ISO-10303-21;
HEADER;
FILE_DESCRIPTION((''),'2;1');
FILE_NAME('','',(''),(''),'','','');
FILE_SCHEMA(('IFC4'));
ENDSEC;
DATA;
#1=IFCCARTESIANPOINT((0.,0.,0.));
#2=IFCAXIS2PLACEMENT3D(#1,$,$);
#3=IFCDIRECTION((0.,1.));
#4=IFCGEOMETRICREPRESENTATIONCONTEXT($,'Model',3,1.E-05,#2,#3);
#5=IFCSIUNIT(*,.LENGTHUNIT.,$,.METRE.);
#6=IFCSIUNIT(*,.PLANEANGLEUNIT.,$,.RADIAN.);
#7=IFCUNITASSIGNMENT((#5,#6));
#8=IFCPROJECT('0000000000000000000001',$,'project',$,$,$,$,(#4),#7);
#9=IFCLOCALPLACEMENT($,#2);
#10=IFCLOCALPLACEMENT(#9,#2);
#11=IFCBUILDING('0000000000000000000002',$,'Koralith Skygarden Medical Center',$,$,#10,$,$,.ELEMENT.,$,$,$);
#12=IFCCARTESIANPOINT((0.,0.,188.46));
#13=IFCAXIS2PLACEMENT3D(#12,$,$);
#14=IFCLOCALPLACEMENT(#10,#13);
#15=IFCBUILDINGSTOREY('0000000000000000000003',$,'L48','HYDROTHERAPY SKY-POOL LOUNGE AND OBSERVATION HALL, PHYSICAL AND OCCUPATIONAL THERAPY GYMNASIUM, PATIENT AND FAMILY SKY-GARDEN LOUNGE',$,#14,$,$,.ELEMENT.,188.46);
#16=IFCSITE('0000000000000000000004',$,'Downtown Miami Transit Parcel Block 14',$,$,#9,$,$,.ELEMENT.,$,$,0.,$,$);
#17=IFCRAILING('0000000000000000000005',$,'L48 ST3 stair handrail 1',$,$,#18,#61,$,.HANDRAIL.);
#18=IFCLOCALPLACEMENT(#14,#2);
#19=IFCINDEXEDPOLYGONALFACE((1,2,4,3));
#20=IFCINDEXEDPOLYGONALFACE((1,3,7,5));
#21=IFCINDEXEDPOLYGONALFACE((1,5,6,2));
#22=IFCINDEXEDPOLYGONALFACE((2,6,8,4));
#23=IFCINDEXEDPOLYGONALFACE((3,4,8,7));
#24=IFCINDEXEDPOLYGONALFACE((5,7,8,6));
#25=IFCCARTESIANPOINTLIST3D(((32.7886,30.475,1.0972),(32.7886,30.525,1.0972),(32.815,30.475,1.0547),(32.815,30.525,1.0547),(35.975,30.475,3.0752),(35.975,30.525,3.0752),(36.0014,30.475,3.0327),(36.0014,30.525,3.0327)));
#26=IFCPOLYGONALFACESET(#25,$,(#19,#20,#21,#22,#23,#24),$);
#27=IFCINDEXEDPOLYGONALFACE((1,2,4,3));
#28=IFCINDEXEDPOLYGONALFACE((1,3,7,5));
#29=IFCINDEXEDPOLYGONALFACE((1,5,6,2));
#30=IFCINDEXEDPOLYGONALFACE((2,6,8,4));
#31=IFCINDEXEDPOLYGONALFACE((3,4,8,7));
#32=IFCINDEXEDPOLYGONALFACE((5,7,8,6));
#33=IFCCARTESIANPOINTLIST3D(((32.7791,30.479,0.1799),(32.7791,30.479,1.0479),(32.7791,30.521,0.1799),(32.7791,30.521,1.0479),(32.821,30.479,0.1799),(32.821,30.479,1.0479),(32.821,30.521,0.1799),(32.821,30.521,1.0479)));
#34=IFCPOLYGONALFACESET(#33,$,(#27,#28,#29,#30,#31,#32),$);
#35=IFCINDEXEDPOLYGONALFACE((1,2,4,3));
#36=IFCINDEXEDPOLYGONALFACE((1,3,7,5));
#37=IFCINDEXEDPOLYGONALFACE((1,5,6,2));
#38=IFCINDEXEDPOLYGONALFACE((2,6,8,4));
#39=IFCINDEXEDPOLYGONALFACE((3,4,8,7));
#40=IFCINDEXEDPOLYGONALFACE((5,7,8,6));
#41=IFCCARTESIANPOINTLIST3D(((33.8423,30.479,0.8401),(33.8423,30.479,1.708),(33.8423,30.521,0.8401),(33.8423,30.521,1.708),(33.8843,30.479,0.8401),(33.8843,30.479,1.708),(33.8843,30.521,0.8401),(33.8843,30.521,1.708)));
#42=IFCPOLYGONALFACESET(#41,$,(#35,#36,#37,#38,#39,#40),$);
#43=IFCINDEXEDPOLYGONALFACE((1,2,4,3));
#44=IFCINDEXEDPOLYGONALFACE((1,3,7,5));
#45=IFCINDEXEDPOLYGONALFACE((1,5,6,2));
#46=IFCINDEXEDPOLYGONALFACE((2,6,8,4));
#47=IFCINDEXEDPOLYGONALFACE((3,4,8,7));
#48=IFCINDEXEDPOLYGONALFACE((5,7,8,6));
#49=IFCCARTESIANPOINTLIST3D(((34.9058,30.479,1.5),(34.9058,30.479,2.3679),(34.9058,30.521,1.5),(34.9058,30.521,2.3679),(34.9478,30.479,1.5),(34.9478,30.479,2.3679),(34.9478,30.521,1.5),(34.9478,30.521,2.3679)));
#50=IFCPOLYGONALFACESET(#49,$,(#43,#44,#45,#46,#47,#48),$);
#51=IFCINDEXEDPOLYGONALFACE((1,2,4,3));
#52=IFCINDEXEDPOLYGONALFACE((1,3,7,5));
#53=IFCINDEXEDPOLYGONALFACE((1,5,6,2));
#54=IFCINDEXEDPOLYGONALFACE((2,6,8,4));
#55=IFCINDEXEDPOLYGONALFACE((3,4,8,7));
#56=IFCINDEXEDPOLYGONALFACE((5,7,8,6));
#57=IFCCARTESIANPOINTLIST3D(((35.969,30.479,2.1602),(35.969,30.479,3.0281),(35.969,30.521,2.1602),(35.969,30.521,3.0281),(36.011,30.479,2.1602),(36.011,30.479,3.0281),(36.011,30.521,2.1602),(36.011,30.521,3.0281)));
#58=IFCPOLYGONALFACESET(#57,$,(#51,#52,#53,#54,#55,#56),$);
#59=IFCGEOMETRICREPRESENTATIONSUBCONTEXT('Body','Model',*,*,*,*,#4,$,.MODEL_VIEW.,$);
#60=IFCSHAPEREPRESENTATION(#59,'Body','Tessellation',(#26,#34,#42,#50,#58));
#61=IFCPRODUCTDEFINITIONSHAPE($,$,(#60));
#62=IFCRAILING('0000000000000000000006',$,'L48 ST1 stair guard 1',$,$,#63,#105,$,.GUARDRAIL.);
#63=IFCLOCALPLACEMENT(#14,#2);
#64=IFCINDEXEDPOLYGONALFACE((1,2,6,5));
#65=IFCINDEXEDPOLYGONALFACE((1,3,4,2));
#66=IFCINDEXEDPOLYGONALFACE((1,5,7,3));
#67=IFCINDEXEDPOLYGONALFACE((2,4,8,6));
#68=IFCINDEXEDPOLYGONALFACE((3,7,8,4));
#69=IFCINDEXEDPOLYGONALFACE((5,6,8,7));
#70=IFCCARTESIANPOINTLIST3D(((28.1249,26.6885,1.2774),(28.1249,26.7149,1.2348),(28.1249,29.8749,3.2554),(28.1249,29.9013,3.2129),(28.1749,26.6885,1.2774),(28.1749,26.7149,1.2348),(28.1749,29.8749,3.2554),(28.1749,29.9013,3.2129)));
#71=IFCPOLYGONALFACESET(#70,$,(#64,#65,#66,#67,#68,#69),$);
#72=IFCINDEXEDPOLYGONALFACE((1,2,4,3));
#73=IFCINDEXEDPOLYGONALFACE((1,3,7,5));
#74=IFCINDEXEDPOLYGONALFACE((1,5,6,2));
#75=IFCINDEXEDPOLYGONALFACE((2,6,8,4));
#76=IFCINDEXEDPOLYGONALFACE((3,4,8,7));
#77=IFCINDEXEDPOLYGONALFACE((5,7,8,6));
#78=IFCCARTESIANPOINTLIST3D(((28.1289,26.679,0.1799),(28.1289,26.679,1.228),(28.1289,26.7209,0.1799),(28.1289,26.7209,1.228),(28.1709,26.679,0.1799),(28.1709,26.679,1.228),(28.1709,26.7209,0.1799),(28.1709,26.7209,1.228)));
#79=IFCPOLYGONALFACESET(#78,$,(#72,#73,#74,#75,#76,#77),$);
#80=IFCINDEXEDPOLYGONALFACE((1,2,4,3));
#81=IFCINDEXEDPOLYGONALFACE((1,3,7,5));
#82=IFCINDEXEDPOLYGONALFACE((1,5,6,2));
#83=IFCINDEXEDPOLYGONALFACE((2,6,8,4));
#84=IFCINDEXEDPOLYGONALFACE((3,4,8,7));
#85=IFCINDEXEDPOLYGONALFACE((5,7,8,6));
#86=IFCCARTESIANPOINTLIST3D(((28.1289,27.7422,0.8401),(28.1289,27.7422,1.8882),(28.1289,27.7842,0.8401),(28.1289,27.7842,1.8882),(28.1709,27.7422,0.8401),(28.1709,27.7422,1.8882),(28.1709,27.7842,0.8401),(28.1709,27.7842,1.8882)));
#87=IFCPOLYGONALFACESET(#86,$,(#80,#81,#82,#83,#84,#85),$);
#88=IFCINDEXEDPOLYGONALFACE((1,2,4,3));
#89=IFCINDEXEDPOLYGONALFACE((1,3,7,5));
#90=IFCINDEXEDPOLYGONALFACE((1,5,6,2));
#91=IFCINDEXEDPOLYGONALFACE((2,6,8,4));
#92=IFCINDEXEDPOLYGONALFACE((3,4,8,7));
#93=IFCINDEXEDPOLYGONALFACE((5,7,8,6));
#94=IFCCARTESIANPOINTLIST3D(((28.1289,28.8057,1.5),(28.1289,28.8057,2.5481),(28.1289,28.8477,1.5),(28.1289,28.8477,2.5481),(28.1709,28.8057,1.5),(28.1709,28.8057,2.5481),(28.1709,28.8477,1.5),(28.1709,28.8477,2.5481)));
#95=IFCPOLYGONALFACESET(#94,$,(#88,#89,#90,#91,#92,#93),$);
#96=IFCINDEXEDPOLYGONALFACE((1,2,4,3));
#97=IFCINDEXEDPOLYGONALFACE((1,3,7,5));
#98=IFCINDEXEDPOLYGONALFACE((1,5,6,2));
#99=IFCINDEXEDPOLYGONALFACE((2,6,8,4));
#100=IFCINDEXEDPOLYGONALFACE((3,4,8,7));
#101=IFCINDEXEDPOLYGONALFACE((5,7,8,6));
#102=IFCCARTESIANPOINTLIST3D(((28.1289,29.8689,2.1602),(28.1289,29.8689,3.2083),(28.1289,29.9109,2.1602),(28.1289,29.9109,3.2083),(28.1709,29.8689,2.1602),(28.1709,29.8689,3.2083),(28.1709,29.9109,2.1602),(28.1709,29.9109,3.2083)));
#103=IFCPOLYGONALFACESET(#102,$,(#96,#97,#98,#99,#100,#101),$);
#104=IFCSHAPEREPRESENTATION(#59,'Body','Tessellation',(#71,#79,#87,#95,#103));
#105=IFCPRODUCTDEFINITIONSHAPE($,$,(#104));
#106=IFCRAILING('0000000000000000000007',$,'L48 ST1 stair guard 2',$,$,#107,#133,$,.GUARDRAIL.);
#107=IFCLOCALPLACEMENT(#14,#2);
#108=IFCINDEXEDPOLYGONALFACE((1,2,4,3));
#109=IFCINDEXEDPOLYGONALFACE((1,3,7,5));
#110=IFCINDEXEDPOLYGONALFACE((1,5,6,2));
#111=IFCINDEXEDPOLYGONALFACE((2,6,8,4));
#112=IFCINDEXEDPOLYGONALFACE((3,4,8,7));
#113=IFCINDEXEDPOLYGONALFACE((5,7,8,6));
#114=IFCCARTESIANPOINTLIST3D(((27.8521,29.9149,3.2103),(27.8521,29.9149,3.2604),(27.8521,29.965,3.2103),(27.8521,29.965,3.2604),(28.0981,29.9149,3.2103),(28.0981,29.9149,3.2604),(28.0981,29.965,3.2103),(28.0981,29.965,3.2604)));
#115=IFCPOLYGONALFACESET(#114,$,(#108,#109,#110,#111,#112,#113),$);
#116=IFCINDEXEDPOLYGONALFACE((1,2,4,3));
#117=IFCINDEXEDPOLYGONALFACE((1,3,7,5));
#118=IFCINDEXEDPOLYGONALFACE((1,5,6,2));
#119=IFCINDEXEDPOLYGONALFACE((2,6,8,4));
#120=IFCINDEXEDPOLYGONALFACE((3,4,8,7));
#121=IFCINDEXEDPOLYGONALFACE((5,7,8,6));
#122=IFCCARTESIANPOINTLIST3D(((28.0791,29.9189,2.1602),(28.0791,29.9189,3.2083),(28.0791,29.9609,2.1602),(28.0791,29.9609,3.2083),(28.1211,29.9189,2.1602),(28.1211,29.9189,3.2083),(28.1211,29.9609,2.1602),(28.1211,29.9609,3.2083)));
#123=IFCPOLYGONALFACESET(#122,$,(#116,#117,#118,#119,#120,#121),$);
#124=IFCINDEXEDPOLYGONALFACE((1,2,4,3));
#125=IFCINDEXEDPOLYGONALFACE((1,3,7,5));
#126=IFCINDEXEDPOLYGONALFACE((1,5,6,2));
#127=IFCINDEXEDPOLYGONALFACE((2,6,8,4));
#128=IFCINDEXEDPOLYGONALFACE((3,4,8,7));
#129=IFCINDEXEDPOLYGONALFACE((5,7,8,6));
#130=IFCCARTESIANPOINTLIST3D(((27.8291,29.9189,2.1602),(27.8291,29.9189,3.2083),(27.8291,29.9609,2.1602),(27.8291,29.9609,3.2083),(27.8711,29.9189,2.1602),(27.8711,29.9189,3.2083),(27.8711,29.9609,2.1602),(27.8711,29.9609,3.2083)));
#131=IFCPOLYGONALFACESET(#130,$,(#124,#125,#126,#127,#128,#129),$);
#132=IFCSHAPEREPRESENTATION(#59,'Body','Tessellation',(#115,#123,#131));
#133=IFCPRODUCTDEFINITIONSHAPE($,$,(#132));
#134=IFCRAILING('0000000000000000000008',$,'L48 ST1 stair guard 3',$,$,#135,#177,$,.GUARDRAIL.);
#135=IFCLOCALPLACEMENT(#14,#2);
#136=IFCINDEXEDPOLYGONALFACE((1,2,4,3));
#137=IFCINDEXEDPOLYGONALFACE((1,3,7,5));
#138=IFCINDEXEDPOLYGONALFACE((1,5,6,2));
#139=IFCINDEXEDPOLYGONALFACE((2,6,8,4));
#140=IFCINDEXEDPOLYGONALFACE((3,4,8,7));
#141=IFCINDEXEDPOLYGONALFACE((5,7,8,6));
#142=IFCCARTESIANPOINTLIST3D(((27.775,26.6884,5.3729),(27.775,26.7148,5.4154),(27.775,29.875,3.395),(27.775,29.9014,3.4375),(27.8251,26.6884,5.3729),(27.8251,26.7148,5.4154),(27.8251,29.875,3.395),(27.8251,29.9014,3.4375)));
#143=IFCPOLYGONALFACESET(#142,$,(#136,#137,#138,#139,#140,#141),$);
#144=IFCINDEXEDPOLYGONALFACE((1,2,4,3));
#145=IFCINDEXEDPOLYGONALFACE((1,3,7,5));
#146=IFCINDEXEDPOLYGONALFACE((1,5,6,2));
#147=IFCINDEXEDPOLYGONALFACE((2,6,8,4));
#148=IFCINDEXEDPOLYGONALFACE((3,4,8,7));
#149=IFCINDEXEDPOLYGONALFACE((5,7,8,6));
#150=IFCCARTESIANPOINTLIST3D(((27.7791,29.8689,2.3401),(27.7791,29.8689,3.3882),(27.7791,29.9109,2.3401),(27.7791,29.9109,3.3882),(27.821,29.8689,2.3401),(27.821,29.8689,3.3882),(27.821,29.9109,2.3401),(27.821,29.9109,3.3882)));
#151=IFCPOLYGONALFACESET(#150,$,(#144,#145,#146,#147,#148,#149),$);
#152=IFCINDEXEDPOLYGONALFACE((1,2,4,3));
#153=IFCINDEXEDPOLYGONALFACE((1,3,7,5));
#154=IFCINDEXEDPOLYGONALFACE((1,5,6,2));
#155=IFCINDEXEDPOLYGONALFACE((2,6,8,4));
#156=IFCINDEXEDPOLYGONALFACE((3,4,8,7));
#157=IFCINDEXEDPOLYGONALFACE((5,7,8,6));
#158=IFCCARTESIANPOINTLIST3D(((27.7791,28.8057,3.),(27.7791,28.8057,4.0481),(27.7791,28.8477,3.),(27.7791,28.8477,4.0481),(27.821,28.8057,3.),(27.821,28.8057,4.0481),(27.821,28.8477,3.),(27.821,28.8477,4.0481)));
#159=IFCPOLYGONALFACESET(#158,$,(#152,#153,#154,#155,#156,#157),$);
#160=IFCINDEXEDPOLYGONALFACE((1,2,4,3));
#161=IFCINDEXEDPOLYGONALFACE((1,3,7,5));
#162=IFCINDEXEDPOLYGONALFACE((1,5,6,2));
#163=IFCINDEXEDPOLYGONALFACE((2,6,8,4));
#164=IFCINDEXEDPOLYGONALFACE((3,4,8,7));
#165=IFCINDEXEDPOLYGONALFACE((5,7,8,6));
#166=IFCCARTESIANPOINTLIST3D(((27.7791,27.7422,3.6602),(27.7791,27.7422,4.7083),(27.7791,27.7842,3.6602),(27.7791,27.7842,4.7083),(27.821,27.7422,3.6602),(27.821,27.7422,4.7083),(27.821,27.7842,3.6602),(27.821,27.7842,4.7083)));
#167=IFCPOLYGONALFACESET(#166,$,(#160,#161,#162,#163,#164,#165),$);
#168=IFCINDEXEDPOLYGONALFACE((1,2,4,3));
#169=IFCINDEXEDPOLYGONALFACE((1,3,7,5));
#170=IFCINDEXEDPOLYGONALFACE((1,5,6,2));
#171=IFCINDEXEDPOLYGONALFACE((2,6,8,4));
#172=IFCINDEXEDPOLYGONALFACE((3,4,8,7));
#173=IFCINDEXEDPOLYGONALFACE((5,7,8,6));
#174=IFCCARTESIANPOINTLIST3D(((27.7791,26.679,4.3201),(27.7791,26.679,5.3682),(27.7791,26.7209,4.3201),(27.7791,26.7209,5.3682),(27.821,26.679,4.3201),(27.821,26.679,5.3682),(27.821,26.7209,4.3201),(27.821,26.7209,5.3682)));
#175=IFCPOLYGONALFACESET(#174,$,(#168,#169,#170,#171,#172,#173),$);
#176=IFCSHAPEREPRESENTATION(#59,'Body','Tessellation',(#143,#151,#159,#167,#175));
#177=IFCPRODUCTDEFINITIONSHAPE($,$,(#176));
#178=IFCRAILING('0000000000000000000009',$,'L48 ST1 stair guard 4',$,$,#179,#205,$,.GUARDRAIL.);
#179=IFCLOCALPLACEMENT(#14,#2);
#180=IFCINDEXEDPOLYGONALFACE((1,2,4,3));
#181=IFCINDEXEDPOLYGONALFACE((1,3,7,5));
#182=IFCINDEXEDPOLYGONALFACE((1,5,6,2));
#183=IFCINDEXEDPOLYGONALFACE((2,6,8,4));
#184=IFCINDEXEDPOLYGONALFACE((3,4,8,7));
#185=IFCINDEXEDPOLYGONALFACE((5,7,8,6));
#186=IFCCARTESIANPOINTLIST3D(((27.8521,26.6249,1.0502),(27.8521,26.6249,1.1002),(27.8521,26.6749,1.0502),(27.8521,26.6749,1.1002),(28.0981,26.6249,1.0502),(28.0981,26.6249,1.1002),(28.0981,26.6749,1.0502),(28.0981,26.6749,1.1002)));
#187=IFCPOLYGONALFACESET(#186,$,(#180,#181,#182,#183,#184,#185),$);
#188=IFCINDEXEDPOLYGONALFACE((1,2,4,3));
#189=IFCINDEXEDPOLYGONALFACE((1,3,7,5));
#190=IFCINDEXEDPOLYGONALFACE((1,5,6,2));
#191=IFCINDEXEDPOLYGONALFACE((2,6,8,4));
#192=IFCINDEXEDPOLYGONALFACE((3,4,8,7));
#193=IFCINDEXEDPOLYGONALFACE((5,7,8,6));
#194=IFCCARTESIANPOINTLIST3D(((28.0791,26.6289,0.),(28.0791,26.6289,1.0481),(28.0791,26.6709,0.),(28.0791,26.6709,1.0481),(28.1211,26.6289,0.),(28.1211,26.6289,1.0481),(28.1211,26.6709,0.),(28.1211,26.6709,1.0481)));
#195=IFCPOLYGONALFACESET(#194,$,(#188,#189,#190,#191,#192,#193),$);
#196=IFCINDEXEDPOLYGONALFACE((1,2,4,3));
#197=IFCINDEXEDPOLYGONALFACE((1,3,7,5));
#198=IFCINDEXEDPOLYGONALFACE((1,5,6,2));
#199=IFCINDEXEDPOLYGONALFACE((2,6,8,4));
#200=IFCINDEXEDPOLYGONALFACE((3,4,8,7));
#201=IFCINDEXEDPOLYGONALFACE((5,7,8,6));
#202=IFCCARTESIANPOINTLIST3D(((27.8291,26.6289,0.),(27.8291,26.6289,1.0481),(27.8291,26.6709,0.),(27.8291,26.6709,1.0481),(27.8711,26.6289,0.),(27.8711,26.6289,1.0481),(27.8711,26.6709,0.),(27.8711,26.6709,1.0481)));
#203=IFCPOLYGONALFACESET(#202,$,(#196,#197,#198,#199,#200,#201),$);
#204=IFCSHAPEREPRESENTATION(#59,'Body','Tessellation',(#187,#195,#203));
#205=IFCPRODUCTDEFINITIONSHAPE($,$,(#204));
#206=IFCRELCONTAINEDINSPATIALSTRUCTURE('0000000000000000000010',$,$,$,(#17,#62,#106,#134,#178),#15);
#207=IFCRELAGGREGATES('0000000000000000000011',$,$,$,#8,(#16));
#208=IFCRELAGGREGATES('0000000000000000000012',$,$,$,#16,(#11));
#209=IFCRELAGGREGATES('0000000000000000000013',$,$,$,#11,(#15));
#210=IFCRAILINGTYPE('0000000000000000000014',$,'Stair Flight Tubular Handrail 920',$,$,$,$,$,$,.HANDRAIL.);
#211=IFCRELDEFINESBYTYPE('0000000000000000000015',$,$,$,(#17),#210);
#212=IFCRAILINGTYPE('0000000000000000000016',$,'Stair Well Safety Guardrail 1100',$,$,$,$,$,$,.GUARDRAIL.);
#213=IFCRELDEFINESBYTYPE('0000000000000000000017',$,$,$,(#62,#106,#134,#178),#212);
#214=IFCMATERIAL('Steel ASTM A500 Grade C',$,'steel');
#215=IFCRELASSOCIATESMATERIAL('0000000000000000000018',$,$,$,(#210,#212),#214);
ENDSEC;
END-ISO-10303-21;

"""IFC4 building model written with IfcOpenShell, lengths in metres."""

from ifc_helpers import new_model, si_unit, direction, frame, origin, origin_2d, place, context, subcontext, project, spatial, rectangle, extrude, material, type_object, element, save


model = new_model("IFC4")

# Units and contexts
model_context = context("Model", 3, precision=1e-05, world=origin(), true_north=direction((0.0, 1.0)))
body_context = subcontext(model_context, "Body", "Model", "MODEL_VIEW")
ifc_project = project(units=[si_unit("LENGTHUNIT", "METRE"), si_unit("PLANEANGLEUNIT", "RADIAN")], contexts=[model_context])

# Site, building, storey
site_placement = place(None, origin())
site = spatial("IfcSite", under=ifc_project, at=site_placement, Name="Downtown Miami Transit Parcel Block 14", CompositionType="ELEMENT", RefElevation=0.0)
building_placement = place(site_placement, origin())
building = spatial("IfcBuilding", under=site, at=building_placement, Name="Koralith Skygarden Medical Center", CompositionType="ELEMENT")
storey_placement = place(building_placement, frame((0.0, 0.0, 188.46)))
storey = spatial("IfcBuildingStorey", under=building, at=storey_placement, Name="L48", Description="HYDROTHERAPY SKY-POOL LOUNGE AND OBSERVATION HALL, PHYSICAL AND OCCUPATIONAL THERAPY GYMNASIUM, PATIENT AND FAMILY SKY-GARDEN LOUNGE", CompositionType="ELEMENT", Elevation=188.46)

# Railings
ifc_material_1 = material(Name="Steel ASTM A500 Grade C", Category="steel")
railing_type_1 = type_object("IfcRailingType", Name="Stair Flight Tubular Handrail 920", PredefinedType="HANDRAIL", material=ifc_material_1)
railing_1_placement = place(storey_placement, frame((32.8, 30.5, 0.1799)))
element("IfcRailing", 1, at=railing_1_placement, inside=storey, type_object=railing_type_1, Name="L48 ST3 stair handrail 1", PredefinedType="HANDRAIL", context=body_context, shape_type="SweptSolid", body=[
    extrude(rectangle(XDim=0.05, YDim=0.05, at=origin_2d()), frame((0.0017, 0.0, 0.896), z_axis=(0.849609, 0.0, 0.527413), x_axis=(0.0, 1.0, 0.0)), (0.0, 0.0, 1.0), 3.7505),
    extrude(rectangle(XDim=0.042, YDim=0.042, at=origin_2d()), origin(), (0.0, 0.0, 1.0), 0.8679),
    extrude(rectangle(XDim=0.042, YDim=0.042, at=origin_2d()), frame((1.0632, 0.0, 0.6602)), (0.0, 0.0, 1.0), 0.8679),
    extrude(rectangle(XDim=0.042, YDim=0.042, at=origin_2d()), frame((2.1267, 0.0, 1.3201)), (0.0, 0.0, 1.0), 0.8679),
    extrude(rectangle(XDim=0.042, YDim=0.042, at=origin_2d()), frame((3.1899, 0.0, 1.9802)), (0.0, 0.0, 1.0), 0.8679),
])
railing_type_2 = type_object("IfcRailingType", Name="Stair Well Safety Guardrail 1100", PredefinedType="GUARDRAIL", material=ifc_material_1)
railing_2_placement = place(storey_placement, frame((28.1499, 26.7, 0.1799)))
element("IfcRailing", 2, at=railing_2_placement, inside=storey, type_object=railing_type_2, Name="L48 ST1 stair guard 1", PredefinedType="GUARDRAIL", context=body_context, shape_type="SweptSolid", body=[
    extrude(rectangle(XDim=0.05, YDim=0.05, at=origin_2d()), frame((0.0, 0.0017, 1.0762), z_axis=(0.0, 0.849609, 0.527413), x_axis=(-1.0, 0.0, 0.0)), (0.0, 0.0, 1.0), 3.7505),
    extrude(rectangle(XDim=0.042, YDim=0.042, at=origin_2d()), origin(), (0.0, 0.0, 1.0), 1.0481),
    extrude(rectangle(XDim=0.042, YDim=0.042, at=origin_2d()), frame((0.0, 1.0632, 0.6602)), (0.0, 0.0, 1.0), 1.0481),
    extrude(rectangle(XDim=0.042, YDim=0.042, at=origin_2d()), frame((0.0, 2.1267, 1.3201)), (0.0, 0.0, 1.0), 1.0481),
    extrude(rectangle(XDim=0.042, YDim=0.042, at=origin_2d()), frame((0.0, 3.1899, 1.9802)), (0.0, 0.0, 1.0), 1.0481),
])
railing_3_placement = place(storey_placement, frame((28.1001, 29.9399, 2.1602)))
element("IfcRailing", 3, at=railing_3_placement, inside=storey, type_object=railing_type_2, Name="L48 ST1 stair guard 2", PredefinedType="GUARDRAIL", context=body_context, shape_type="SweptSolid", body=[
    extrude(rectangle(XDim=0.05, YDim=0.05, at=origin_2d()), frame((-0.002, 0.0, 1.0752), z_axis=(-1.0, 0.0, 0.0), x_axis=(0.0, -1.0, 0.0)), (0.0, 0.0, 1.0), 0.2461),
    extrude(rectangle(XDim=0.042, YDim=0.042, at=origin_2d()), origin(), (0.0, 0.0, 1.0), 1.0481),
    extrude(rectangle(XDim=0.042, YDim=0.042, at=origin_2d()), frame((-0.25, 0.0, 0.0)), (0.0, 0.0, 1.0), 1.0481),
])
railing_4_placement = place(storey_placement, frame((27.8, 29.8899, 2.3401)))
element("IfcRailing", 4, at=railing_4_placement, inside=storey, type_object=railing_type_2, Name="L48 ST1 stair guard 3", PredefinedType="GUARDRAIL", context=body_context, shape_type="SweptSolid", body=[
    extrude(rectangle(XDim=0.05, YDim=0.05, at=origin_2d()), frame((0.0, -0.0017, 1.0762), z_axis=(0.0, -0.849638, 0.527366), x_axis=(1.0, 0.0, 0.0)), (0.0, 0.0, 1.0), 3.7505),
    extrude(rectangle(XDim=0.042, YDim=0.042, at=origin_2d()), origin(), (0.0, 0.0, 1.0), 1.0481),
    extrude(rectangle(XDim=0.042, YDim=0.042, at=origin_2d()), frame((0.0, -1.0632, 0.6599)), (0.0, 0.0, 1.0), 1.0481),
    extrude(rectangle(XDim=0.042, YDim=0.042, at=origin_2d()), frame((0.0, -2.1267, 1.3201)), (0.0, 0.0, 1.0), 1.0481),
    extrude(rectangle(XDim=0.042, YDim=0.042, at=origin_2d()), frame((0.0, -3.1899, 1.98)), (0.0, 0.0, 1.0), 1.0481),
])
railing_5_placement = place(storey_placement, frame((28.1001, 26.6499, 0.0)))
element("IfcRailing", 5, at=railing_5_placement, inside=storey, type_object=railing_type_2, Name="L48 ST1 stair guard 4", PredefinedType="GUARDRAIL", context=body_context, shape_type="SweptSolid", body=[
    extrude(rectangle(XDim=0.05, YDim=0.05, at=origin_2d()), frame((-0.002, 0.0, 1.0752), z_axis=(-1.0, 0.0, 0.0), x_axis=(0.0, -1.0, 0.0)), (0.0, 0.0, 1.0), 0.2461),
    extrude(rectangle(XDim=0.042, YDim=0.042, at=origin_2d()), origin(), (0.0, 0.0, 1.0), 1.0481),
    extrude(rectangle(XDim=0.042, YDim=0.042, at=origin_2d()), frame((-0.25, 0.0, 0.0)), (0.0, 0.0, 1.0), 1.0481),
])

save(model, "model.ifc")
